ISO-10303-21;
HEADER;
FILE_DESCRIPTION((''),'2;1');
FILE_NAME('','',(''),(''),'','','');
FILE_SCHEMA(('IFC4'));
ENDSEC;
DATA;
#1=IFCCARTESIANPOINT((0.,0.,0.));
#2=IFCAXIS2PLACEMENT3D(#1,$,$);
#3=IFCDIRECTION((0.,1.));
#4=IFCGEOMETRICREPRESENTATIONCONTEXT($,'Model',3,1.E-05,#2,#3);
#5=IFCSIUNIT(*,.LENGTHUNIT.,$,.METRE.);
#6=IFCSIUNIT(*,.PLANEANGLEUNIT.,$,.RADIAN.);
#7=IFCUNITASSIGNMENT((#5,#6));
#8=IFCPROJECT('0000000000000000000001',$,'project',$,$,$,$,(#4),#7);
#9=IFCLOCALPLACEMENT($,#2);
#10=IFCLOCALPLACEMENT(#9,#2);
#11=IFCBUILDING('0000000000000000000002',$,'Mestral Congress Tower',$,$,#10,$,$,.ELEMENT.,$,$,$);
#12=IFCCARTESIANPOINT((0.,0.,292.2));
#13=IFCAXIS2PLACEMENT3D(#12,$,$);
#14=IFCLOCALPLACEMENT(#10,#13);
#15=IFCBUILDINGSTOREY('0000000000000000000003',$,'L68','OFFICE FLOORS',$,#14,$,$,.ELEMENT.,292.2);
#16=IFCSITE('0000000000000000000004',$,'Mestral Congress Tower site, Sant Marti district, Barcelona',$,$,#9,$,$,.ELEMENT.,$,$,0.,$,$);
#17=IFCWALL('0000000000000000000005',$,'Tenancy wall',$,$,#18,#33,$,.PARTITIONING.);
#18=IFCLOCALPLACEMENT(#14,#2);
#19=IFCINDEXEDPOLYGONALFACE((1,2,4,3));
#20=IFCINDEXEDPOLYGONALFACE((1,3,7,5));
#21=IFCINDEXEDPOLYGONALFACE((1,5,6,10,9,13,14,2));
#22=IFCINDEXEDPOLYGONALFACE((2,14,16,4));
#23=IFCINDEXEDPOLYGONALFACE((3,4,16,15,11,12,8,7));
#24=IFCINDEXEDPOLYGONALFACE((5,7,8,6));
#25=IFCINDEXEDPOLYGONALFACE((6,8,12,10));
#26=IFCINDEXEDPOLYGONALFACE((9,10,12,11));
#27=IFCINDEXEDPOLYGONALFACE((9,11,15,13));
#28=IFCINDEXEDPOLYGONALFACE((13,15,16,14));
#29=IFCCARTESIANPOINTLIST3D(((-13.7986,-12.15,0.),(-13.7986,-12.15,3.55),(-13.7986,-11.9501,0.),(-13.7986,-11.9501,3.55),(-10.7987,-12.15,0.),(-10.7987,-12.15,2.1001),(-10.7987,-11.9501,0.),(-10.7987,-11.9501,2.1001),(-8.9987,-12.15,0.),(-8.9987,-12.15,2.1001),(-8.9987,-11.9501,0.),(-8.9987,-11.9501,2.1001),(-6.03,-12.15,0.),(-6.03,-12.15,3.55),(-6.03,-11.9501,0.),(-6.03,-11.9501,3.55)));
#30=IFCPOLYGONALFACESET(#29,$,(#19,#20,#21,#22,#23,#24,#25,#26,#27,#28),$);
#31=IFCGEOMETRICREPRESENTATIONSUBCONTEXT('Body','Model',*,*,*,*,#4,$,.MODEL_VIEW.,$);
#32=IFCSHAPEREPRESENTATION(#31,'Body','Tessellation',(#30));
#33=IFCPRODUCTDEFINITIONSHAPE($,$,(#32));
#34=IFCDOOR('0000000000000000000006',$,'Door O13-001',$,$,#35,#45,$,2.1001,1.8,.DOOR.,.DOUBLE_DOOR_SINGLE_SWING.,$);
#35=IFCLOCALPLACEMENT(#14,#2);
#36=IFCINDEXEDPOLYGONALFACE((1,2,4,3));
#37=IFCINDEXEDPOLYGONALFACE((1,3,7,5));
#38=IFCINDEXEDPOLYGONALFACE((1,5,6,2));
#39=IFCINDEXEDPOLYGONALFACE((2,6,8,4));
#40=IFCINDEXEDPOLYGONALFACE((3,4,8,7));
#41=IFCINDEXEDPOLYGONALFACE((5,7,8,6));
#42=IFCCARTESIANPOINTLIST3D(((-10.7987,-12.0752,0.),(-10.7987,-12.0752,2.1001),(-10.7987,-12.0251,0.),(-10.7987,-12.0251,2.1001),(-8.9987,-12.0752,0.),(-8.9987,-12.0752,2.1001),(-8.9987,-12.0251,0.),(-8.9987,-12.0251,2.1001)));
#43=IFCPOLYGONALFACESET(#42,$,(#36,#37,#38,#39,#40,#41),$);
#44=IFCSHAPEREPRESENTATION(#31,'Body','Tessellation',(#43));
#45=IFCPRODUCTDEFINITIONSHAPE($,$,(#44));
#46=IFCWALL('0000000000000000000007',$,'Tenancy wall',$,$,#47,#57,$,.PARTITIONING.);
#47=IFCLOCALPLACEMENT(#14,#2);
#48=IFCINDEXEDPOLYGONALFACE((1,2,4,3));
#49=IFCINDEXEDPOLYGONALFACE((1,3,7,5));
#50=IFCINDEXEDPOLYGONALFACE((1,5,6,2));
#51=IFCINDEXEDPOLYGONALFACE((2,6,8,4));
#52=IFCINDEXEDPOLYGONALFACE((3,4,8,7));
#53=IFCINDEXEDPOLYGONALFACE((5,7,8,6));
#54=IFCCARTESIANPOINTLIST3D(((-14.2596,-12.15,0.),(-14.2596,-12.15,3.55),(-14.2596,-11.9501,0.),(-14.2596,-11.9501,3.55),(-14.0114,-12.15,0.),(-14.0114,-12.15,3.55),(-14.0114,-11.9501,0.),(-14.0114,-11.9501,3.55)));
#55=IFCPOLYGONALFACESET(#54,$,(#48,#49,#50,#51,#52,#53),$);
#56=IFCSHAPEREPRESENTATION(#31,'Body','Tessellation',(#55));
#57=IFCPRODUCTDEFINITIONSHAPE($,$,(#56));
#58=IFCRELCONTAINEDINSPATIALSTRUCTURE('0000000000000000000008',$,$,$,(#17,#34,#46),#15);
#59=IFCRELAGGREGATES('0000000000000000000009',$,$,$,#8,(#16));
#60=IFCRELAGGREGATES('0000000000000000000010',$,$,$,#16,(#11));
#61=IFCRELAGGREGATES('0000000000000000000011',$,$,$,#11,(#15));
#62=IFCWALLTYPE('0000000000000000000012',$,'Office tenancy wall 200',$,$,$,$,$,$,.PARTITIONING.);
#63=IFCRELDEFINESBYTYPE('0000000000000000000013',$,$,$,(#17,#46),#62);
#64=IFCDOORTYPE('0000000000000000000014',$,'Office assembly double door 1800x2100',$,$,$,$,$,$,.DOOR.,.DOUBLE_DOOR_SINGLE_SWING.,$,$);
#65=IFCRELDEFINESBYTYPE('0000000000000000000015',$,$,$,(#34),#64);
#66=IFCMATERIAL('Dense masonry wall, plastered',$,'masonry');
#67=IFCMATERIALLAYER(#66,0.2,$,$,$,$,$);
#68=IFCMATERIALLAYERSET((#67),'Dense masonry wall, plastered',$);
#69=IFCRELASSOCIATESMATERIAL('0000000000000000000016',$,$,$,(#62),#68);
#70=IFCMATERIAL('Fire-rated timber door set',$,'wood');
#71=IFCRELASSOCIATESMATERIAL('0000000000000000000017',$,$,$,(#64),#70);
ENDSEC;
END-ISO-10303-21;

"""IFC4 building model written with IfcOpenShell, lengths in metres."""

from ifc_helpers import new_model, si_unit, direction, frame, frame_2d, origin, place, context, subcontext, project, spatial, rectangle, extrude, material, layer, layer_set, type_object, element, fill, save


model = new_model("IFC4")

# Units and contexts
model_context = context("Model", 3, precision=1e-05, world=origin(), true_north=direction((0.0, 1.0)))
body_context = subcontext(model_context, "Body", "Model", "MODEL_VIEW")
ifc_project = project(units=[si_unit("LENGTHUNIT", "METRE"), si_unit("PLANEANGLEUNIT", "RADIAN")], contexts=[model_context])

# Site, building, storey
site_placement = place(None, origin())
site = spatial("IfcSite", under=ifc_project, at=site_placement, Name="Mestral Congress Tower site, Sant Marti district, Barcelona", CompositionType="ELEMENT", RefElevation=0.0)
building_placement = place(site_placement, origin())
building = spatial("IfcBuilding", under=site, at=building_placement, Name="Mestral Congress Tower", CompositionType="ELEMENT")
storey_placement = place(building_placement, frame((0.0, 0.0, 292.2)))
storey = spatial("IfcBuildingStorey", under=building, at=storey_placement, Name="L68", Description="OFFICE FLOORS", CompositionType="ELEMENT", Elevation=292.2)

# Shared definitions
ifc_material_1 = material(Name="Dense masonry wall, plastered", Category="masonry")
ifc_layer_1 = layer(ifc_material_1, 0.2)
ifc_layer_set_1 = layer_set([ifc_layer_1], Name="Dense masonry wall, plastered")
wall_type_1 = type_object("IfcWallType", Name="Office tenancy wall 200", PredefinedType="PARTITIONING", material=ifc_layer_set_1)

# Wall, opening, door
wall_1_placement = place(storey_placement, frame((-13.7986, -12.05, 0.0), z_axis=(0.0, 0.0, 1.0), x_axis=(1.0, 0.0, 0.0)))
wall_1 = element("IfcWall", 1, at=wall_1_placement, inside=storey, type_object=wall_type_1, Name="Tenancy wall", PredefinedType="PARTITIONING", context=body_context, shape_type="SweptSolid", body=[
    extrude(rectangle(XDim=7.7686, YDim=0.2, at=frame_2d((3.8843, 0.0))), origin(), (0.0, 0.0, 1.0), 3.55),
])
opening_1_placement = place(wall_1_placement, frame((3.0, 0.0, 0.0)))
opening_1 = element("IfcOpeningElement", 2, at=opening_1_placement, cuts=wall_1, PredefinedType="OPENING", context=body_context, shape_type="SweptSolid", body=[
    extrude(rectangle(XDim=1.8, YDim=2.1001, at=frame_2d((0.8999, 1.05))), frame((0.0, 0.1099, 0.0), z_axis=(0.0, -1.0, 0.0), x_axis=(1.0, 0.0, 0.0)), (0.0, 0.0, 1.0), 0.22),
])
ifc_material_2 = material(Name="Fire-rated timber door set", Category="wood")
door_type = type_object("IfcDoorType", Name="Office assembly double door 1800x2100", OperationType="DOUBLE_DOOR_SINGLE_SWING", PredefinedType="DOOR", material=ifc_material_2)
door_placement = place(opening_1_placement, origin())
door = element("IfcDoor", 3, at=door_placement, inside=storey, type_object=door_type, Name="Door O13-001", OperationType="DOUBLE_DOOR_SINGLE_SWING", OverallHeight=2.1001, OverallWidth=1.8, PredefinedType="DOOR", context=body_context, shape_type="SweptSolid", body=[
    extrude(rectangle(XDim=1.8, YDim=2.1001, at=frame_2d((0.8999, 1.05))), frame((0.0, 0.0249, 0.0), z_axis=(0.0, -1.0, 0.0), x_axis=(1.0, 0.0, 0.0)), (0.0, 0.0, 1.0), 0.05),
])
fill(opening_1, door)

# Wall
wall_2_placement = place(storey_placement, frame((-14.2595, -12.05, 0.0), z_axis=(0.0, 0.0, 1.0), x_axis=(1.0, 0.0, 0.0)))
element("IfcWall", 4, at=wall_2_placement, inside=storey, type_object=wall_type_1, Name="Tenancy wall", PredefinedType="PARTITIONING", context=body_context, shape_type="SweptSolid", body=[
    extrude(rectangle(XDim=0.2483, YDim=0.2, at=frame_2d((0.124, 0.0))), origin(), (0.0, 0.0, 1.0), 3.55),
])

save(model, "model.ifc")
